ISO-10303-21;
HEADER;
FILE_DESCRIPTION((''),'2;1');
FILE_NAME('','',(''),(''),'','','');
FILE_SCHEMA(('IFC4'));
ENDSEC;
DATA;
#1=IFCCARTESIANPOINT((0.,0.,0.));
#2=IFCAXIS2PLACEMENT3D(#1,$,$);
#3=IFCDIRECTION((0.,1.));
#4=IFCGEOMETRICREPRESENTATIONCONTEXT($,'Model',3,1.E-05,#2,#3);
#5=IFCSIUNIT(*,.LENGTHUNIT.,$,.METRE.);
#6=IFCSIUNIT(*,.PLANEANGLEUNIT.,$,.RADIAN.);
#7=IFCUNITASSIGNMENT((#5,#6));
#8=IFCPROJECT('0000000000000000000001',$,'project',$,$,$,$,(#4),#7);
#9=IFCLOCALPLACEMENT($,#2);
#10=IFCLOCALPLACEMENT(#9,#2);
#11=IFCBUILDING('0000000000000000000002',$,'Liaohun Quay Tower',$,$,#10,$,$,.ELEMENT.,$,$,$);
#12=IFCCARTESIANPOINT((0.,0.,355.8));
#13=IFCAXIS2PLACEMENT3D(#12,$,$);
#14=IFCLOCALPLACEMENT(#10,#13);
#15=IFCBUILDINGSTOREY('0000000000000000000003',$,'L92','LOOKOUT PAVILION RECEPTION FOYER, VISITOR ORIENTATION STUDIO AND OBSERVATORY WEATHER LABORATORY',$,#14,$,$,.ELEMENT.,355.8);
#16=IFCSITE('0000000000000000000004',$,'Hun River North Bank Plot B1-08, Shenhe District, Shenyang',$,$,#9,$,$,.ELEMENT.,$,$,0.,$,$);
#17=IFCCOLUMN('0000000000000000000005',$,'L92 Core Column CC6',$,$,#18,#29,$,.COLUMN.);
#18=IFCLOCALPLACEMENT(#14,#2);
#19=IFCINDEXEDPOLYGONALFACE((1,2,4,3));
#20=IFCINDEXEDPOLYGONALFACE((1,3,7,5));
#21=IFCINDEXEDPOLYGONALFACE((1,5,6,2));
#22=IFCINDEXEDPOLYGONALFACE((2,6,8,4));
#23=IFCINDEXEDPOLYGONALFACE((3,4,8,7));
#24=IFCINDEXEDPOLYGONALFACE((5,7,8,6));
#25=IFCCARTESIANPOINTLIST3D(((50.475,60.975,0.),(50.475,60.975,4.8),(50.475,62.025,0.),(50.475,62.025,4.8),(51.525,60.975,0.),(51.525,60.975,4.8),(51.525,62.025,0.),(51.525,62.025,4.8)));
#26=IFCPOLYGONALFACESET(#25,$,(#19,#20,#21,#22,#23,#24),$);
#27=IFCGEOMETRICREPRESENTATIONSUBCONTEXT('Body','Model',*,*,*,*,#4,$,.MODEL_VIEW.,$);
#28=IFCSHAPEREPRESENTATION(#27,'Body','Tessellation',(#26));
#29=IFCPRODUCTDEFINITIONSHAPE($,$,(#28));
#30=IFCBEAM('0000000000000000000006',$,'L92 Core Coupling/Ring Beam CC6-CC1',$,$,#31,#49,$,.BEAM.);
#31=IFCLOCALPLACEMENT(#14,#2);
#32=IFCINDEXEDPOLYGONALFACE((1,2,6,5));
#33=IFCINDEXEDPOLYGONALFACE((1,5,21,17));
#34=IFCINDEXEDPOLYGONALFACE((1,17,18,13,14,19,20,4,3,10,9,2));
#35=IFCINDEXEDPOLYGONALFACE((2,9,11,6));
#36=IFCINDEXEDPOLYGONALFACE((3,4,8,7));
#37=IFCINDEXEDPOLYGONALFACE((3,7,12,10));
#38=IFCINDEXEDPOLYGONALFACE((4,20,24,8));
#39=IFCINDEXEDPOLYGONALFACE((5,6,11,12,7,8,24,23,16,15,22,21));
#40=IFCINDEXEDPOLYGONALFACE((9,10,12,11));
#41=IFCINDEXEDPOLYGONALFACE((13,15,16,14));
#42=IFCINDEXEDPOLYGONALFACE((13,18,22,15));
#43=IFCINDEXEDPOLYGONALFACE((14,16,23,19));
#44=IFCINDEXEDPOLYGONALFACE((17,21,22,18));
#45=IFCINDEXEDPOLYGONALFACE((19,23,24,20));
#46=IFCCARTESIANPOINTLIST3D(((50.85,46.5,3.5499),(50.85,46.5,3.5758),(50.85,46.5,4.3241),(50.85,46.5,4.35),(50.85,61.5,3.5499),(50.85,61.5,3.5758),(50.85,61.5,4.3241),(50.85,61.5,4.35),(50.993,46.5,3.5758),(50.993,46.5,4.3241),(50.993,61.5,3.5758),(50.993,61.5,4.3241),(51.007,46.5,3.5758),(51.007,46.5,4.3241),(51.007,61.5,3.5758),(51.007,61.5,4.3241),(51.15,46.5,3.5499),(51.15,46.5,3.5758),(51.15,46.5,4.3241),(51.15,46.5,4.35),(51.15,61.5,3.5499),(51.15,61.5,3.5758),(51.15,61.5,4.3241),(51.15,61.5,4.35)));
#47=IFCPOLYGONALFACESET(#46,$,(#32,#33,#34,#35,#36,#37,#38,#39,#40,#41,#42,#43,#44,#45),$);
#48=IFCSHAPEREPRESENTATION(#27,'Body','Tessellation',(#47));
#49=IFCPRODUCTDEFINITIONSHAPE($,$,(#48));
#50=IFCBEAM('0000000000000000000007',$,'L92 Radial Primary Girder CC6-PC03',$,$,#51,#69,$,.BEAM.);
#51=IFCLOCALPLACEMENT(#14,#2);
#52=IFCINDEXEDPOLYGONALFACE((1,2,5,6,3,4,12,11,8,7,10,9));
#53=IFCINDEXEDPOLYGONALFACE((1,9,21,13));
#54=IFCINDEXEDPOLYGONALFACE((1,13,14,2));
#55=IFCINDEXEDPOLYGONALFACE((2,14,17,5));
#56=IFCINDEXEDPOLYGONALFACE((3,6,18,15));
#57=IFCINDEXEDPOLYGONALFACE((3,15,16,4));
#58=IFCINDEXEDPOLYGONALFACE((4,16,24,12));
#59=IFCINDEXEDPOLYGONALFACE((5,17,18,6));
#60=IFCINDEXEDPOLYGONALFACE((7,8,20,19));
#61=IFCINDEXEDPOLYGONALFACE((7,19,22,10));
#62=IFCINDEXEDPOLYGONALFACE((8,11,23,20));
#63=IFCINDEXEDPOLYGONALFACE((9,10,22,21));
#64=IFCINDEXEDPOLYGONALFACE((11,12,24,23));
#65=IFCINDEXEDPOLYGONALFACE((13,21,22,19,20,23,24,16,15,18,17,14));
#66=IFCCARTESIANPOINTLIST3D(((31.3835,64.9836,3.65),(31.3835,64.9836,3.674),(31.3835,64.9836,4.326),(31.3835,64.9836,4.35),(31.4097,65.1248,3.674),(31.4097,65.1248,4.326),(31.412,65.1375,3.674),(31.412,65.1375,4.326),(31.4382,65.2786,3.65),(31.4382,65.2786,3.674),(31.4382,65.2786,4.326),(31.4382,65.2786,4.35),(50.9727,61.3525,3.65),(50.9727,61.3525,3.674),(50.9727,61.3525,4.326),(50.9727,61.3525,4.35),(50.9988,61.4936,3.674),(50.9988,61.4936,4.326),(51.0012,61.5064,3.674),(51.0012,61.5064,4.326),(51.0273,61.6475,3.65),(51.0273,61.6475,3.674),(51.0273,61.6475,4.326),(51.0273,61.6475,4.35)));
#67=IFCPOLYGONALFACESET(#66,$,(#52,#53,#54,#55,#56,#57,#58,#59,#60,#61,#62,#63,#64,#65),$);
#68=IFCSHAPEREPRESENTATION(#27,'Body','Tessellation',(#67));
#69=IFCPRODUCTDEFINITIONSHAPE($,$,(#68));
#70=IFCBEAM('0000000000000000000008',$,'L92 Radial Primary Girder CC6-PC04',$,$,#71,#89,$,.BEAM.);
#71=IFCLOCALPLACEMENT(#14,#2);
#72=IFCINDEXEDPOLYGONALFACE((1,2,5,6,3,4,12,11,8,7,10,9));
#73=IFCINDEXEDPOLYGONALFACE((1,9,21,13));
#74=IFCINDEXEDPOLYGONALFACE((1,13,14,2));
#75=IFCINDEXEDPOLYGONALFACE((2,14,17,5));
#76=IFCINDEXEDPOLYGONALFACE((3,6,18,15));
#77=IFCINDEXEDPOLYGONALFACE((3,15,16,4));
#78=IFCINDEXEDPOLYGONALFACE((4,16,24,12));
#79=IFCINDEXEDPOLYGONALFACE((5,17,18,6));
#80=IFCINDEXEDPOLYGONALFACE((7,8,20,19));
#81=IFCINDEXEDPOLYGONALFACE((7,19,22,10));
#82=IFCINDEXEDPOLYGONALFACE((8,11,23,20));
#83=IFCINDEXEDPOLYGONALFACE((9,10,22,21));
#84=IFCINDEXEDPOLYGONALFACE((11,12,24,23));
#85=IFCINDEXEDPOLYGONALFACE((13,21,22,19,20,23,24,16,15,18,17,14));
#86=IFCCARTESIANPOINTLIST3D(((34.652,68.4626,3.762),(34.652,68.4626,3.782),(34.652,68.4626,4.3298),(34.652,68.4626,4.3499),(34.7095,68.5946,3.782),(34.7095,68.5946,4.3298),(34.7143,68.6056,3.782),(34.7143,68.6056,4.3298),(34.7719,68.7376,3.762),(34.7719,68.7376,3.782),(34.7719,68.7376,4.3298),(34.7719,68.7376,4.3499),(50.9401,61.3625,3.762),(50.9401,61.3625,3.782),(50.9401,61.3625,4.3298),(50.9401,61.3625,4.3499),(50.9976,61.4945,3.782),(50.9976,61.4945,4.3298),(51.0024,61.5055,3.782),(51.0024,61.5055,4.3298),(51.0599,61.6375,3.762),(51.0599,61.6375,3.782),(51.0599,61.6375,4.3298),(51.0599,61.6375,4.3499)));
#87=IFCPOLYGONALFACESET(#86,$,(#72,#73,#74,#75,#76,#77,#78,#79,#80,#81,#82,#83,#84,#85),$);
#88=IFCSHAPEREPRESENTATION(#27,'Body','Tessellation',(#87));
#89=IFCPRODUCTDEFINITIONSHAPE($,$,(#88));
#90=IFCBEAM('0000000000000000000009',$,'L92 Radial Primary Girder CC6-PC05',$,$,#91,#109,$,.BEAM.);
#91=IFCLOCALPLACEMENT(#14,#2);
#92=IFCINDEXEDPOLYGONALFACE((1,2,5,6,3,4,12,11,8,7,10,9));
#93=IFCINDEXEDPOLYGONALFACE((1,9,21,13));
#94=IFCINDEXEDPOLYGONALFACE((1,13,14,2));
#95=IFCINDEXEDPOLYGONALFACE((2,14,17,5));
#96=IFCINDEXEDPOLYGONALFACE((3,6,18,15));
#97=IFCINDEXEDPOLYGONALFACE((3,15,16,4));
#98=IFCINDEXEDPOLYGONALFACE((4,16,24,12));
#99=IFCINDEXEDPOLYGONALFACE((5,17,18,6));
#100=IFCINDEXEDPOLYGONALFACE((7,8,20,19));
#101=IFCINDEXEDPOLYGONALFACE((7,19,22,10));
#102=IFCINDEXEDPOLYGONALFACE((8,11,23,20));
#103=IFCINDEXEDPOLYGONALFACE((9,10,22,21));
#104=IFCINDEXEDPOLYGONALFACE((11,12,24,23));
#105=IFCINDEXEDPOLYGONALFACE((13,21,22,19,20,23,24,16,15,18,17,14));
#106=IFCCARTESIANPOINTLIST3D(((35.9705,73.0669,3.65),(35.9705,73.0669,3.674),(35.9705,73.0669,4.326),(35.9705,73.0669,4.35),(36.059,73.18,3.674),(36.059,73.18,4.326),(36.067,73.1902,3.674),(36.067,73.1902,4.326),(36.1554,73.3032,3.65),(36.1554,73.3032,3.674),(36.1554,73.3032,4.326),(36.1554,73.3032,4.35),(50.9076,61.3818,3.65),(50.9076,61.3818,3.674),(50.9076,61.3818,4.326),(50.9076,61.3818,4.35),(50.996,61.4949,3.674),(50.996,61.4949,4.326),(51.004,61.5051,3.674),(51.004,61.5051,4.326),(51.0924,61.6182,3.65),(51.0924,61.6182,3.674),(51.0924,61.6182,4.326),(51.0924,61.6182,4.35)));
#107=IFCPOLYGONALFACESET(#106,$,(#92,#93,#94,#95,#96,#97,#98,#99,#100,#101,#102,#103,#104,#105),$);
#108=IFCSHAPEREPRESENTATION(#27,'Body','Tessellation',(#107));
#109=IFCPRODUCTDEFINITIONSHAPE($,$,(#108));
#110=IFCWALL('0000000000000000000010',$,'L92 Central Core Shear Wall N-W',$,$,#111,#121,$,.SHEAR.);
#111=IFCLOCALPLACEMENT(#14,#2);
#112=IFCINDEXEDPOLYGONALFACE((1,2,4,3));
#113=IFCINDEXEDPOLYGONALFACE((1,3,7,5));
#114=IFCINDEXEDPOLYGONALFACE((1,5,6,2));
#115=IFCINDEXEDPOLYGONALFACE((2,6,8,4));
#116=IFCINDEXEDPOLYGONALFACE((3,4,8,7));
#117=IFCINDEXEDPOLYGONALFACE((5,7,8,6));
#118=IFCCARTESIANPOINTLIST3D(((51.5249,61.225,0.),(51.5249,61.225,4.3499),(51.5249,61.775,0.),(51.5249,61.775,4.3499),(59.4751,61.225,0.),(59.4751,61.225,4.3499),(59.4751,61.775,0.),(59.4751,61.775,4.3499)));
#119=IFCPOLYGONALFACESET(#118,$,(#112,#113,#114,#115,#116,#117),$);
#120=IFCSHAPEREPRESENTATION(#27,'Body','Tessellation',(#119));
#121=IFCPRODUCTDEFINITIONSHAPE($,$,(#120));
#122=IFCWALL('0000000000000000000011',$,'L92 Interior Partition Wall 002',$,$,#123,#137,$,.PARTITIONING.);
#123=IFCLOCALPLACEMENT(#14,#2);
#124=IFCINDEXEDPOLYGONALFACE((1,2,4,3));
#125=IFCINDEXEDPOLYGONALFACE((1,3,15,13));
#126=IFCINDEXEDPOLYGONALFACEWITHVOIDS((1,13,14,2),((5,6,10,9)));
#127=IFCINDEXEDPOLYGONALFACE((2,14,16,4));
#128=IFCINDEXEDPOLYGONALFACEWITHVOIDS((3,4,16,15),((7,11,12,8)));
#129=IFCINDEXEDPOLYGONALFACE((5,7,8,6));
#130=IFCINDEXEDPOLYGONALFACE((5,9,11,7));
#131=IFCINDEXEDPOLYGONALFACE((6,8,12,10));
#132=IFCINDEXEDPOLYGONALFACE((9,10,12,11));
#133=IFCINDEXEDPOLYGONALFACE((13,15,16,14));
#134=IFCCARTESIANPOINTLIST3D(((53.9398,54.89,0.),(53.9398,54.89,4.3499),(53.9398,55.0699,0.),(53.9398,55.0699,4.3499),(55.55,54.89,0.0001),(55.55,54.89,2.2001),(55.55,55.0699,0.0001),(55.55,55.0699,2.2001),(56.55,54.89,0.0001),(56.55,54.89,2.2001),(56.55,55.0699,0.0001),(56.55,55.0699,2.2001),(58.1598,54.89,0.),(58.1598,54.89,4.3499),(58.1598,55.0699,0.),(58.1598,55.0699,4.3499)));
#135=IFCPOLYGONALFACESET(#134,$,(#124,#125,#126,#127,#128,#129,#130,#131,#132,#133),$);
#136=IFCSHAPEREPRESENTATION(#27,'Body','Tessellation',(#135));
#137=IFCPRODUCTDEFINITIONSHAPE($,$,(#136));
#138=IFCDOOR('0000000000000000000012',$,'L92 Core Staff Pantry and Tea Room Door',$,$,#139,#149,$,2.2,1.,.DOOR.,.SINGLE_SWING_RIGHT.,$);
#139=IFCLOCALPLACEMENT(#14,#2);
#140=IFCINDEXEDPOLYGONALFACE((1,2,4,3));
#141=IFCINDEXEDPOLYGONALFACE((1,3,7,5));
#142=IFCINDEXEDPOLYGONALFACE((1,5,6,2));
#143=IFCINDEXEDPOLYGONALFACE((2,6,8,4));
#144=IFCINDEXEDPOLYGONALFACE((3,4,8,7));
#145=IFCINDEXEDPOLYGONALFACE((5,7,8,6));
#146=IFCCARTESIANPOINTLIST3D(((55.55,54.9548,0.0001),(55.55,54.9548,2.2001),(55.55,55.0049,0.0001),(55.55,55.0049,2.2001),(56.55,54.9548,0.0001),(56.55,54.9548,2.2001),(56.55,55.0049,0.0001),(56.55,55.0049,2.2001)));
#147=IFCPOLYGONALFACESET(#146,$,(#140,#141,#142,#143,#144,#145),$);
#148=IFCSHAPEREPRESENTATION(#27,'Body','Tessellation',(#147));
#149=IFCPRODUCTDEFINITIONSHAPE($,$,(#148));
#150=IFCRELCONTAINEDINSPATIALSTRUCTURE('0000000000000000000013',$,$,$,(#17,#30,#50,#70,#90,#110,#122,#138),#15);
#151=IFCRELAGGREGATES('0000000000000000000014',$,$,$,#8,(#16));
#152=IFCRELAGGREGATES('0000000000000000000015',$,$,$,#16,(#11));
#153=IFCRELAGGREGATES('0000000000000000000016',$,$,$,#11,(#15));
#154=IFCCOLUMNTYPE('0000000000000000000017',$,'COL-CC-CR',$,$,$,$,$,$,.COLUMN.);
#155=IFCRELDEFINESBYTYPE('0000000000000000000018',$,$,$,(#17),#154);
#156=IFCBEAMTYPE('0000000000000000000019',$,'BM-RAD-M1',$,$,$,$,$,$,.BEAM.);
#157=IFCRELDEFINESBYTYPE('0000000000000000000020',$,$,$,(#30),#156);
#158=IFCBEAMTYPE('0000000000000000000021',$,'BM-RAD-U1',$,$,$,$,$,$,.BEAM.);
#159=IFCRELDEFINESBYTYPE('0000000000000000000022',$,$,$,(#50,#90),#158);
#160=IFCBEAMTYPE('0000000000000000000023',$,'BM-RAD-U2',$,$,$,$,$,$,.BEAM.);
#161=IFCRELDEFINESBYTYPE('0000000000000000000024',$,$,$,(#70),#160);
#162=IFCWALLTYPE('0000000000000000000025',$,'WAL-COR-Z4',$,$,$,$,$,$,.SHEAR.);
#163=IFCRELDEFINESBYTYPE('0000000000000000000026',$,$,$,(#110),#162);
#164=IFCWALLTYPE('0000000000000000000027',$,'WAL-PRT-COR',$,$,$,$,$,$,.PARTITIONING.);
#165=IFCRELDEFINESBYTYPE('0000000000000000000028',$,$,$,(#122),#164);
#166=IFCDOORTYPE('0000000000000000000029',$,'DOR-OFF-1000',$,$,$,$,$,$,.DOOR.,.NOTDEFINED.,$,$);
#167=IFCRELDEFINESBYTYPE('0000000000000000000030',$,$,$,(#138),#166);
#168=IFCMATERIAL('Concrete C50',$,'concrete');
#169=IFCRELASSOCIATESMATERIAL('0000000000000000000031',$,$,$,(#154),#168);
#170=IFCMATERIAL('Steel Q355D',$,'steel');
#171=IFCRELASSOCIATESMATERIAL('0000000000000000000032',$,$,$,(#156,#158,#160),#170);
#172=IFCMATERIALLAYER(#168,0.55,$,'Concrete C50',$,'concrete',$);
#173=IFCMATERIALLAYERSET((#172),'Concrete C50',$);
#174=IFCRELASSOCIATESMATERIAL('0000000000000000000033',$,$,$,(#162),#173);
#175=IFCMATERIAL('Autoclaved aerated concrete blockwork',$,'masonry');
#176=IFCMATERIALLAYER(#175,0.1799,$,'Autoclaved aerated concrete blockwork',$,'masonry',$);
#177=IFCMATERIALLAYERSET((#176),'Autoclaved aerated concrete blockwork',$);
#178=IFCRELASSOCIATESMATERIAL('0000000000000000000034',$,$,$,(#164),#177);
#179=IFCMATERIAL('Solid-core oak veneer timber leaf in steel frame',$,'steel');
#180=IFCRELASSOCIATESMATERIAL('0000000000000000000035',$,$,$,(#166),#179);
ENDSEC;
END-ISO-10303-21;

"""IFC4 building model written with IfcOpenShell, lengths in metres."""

from ifc_helpers import new_model, si_unit, direction, frame, frame_2d, origin, origin_2d, place, context, subcontext, project, spatial, rectangle, i_section, extrude, source, transform, mapped, material, layer, layer_set, material_profile, profile_set, type_object, element, fill, save


model = new_model("IFC4")

# Units and contexts
model_context = context("Model", 3, precision=1e-05, world=origin(), true_north=direction((0.0, 1.0)))
body_context = subcontext(model_context, "Body", "Model", "MODEL_VIEW")
ifc_project = project(units=[si_unit("LENGTHUNIT", "METRE"), si_unit("PLANEANGLEUNIT", "RADIAN")], contexts=[model_context])

# Site, building, storey
site_placement = place(None, origin())
site = spatial("IfcSite", under=ifc_project, at=site_placement, Name="Hun River North Bank Plot B1-08, Shenhe District, Shenyang", CompositionType="ELEMENT", RefElevation=0.0)
building_placement = place(site_placement, origin())
building = spatial("IfcBuilding", under=site, at=building_placement, Name="Liaohun Quay Tower", CompositionType="ELEMENT")
storey_placement = place(building_placement, frame((0.0, 0.0, 355.8)))
storey = spatial("IfcBuildingStorey", under=building, at=storey_placement, Name="L92", Description="LOOKOUT PAVILION RECEPTION FOYER, VISITOR ORIENTATION STUDIO AND OBSERVATORY WEATHER LABORATORY", CompositionType="ELEMENT", Elevation=355.8)

# Column
ifc_material_1 = material(Name="Concrete C50", Category="concrete")
ifc_material_profile_1 = material_profile(ifc_material_1, rectangle(XDim=1.05, YDim=1.05, at=origin_2d()), Name="RC1050x1050")
ifc_profile_set_1 = profile_set([ifc_material_profile_1], Name="Concrete C50")
column_type = type_object("IfcColumnType", Name="COL-CC-CR", PredefinedType="COLUMN", material=ifc_profile_set_1)
shared_shape_1 = source(origin(), body_context, "Body", "SweptSolid", [
    extrude(rectangle(XDim=1.05, YDim=1.05, at=origin_2d()), origin(), (0.0, 0.0, 1.0), 4.8),
])
column_placement = place(storey_placement, frame((51.0, 61.5, 0.0), z_axis=(0.0, 0.0, 1.0), x_axis=(1.0, 0.0, 0.0)))
element("IfcColumn", 1, at=column_placement, inside=storey, type_object=column_type, Name="L92 Core Column CC6", PredefinedType="COLUMN", context=body_context, shape_type="MappedRepresentation", body=[
    mapped(shared_shape_1, transform((0.0, 0.0, 0.0), x_axis=(1.0, 0.0, 0.0), y_axis=(0.0, 1.0, 0.0), z_axis=(0.0, 0.0, 1.0), scale=1.0)),
])

# Beams
ifc_material_2 = material(Name="Steel Q355D", Category="steel")
ifc_material_profile_2 = material_profile(ifc_material_2, i_section(OverallWidth=0.3, OverallDepth=0.8, WebThickness=0.0139, FlangeThickness=0.0259, at=origin_2d()), Name="HN800x300x14x26")
ifc_profile_set_2 = profile_set([ifc_material_profile_2], Name="Steel Q355D")
beam_type_1 = type_object("IfcBeamType", Name="BM-RAD-M1", PredefinedType="BEAM", material=ifc_profile_set_2)
shared_shape_2 = source(origin(), body_context, "Body", "SweptSolid", [
    extrude(i_section(OverallWidth=0.3, OverallDepth=0.8, WebThickness=0.0139, FlangeThickness=0.0259, at=origin_2d()), origin(), (0.0, 0.0, 1.0), 15.0),
])
beam_1_placement = place(storey_placement, frame((51.0, 61.5, 3.95), z_axis=(0.0, -1.0, 0.0), x_axis=(1.0, 0.0, 0.0)))
element("IfcBeam", 2, at=beam_1_placement, inside=storey, type_object=beam_type_1, Name="L92 Core Coupling/Ring Beam CC6-CC1", PredefinedType="BEAM", context=body_context, shape_type="MappedRepresentation", body=[
    mapped(shared_shape_2, transform((0.0, 0.0, 0.0), x_axis=(1.0, 0.0, 0.0), y_axis=(0.0, 1.0, 0.0), z_axis=(0.0, 0.0, 1.0), scale=1.0)),
])
ifc_material_profile_3 = material_profile(ifc_material_2, i_section(OverallWidth=0.3, OverallDepth=0.7, WebThickness=0.0129, FlangeThickness=0.0239, at=origin_2d()), Name="HN700x300x13x24")
ifc_profile_set_3 = profile_set([ifc_material_profile_3], Name="Steel Q355D")
beam_type_2 = type_object("IfcBeamType", Name="BM-RAD-U1", PredefinedType="BEAM", material=ifc_profile_set_3)
shared_shape_3 = source(origin(), body_context, "Body", "SweptSolid", [
    extrude(i_section(OverallWidth=0.3, OverallDepth=0.7, WebThickness=0.0129, FlangeThickness=0.0239, at=origin_2d()), origin(), (0.0, 0.0, 1.0), 19.9229),
])
beam_2_placement = place(storey_placement, frame((51.0, 61.5, 4.0), z_axis=(-0.983251, 0.182259, 0.0), x_axis=(-0.182259, -0.983251, 0.0)))
element("IfcBeam", 3, at=beam_2_placement, inside=storey, type_object=beam_type_2, Name="L92 Radial Primary Girder CC6-PC03", PredefinedType="BEAM", context=body_context, shape_type="MappedRepresentation", body=[
    mapped(shared_shape_3, transform((0.0, 0.0, 0.0), x_axis=(1.0, 0.0, 0.0), y_axis=(0.0, 1.0, 0.0), z_axis=(0.0, 0.0, 1.0), scale=1.0)),
])
ifc_material_profile_4 = material_profile(ifc_material_2, i_section(OverallWidth=0.3, OverallDepth=0.5879, WebThickness=0.012, FlangeThickness=0.02, at=origin_2d()), Name="HM588x300x12x20")
ifc_profile_set_4 = profile_set([ifc_material_profile_4], Name="Steel Q355D")
beam_type_3 = type_object("IfcBeamType", Name="BM-RAD-U2", PredefinedType="BEAM", material=ifc_profile_set_4)
shared_shape_4 = source(origin(), body_context, "Body", "SweptSolid", [
    extrude(i_section(OverallWidth=0.3, OverallDepth=0.5879, WebThickness=0.012, FlangeThickness=0.02, at=origin_2d()), origin(), (0.0, 0.0, 1.0), 17.7683),
])
beam_3_placement = place(storey_placement, frame((51.0, 61.5, 4.0559), z_axis=(-0.916693, 0.399593, 0.0), x_axis=(-0.399593, -0.916693, 0.0)))
element("IfcBeam", 4, at=beam_3_placement, inside=storey, type_object=beam_type_3, Name="L92 Radial Primary Girder CC6-PC04", PredefinedType="BEAM", context=body_context, shape_type="MappedRepresentation", body=[
    mapped(shared_shape_4, transform((0.0, 0.0, 0.0), x_axis=(1.0, 0.0, 0.0), y_axis=(0.0, 1.0, 0.0), z_axis=(0.0, 0.0, 1.0), scale=1.0)),
])
shared_shape_5 = source(origin(), body_context, "Body", "SweptSolid", [
    extrude(i_section(OverallWidth=0.3, OverallDepth=0.7, WebThickness=0.0129, FlangeThickness=0.0239, at=origin_2d()), origin(), (0.0, 0.0, 1.0), 18.9646),
])
beam_4_placement = place(storey_placement, frame((51.0, 61.5, 4.0), z_axis=(-0.787627, 0.616152, 0.0), x_axis=(-0.616152, -0.787627, 0.0)))
element("IfcBeam", 5, at=beam_4_placement, inside=storey, type_object=beam_type_2, Name="L92 Radial Primary Girder CC6-PC05", PredefinedType="BEAM", context=body_context, shape_type="MappedRepresentation", body=[
    mapped(shared_shape_5, transform((0.0, 0.0, 0.0), x_axis=(1.0, 0.0, 0.0), y_axis=(0.0, 1.0, 0.0), z_axis=(0.0, 0.0, 1.0), scale=1.0)),
])

# Wall
ifc_layer_1 = layer(ifc_material_1, 0.55, Name="Concrete C50", Category="concrete")
ifc_layer_set_1 = layer_set([ifc_layer_1], Name="Concrete C50")
wall_type_1 = type_object("IfcWallType", Name="WAL-COR-Z4", PredefinedType="SHEAR", material=ifc_layer_set_1)
wall_1_placement = place(storey_placement, frame((51.5249, 61.5, 0.0), z_axis=(0.0, 0.0, 1.0), x_axis=(1.0, 0.0, 0.0)))
element("IfcWall", 6, at=wall_1_placement, inside=storey, type_object=wall_type_1, Name="L92 Central Core Shear Wall N-W", PredefinedType="SHEAR", context=body_context, shape_type="SweptSolid", body=[
    extrude(rectangle(XDim=7.9502, YDim=0.55, at=frame_2d((3.9751, 0.0))), origin(), (0.0, 0.0, 1.0), 4.3499),
])

# Wall, opening, door
ifc_material_3 = material(Name="Autoclaved aerated concrete blockwork", Category="masonry")
ifc_layer_2 = layer(ifc_material_3, 0.1799, Name="Autoclaved aerated concrete blockwork", Category="masonry")
ifc_layer_set_2 = layer_set([ifc_layer_2], Name="Autoclaved aerated concrete blockwork")
wall_type_2 = type_object("IfcWallType", Name="WAL-PRT-COR", PredefinedType="PARTITIONING", material=ifc_layer_set_2)
wall_2_placement = place(storey_placement, frame((53.9399, 54.98, 0.0), z_axis=(0.0, 0.0, 1.0), x_axis=(1.0, 0.0, 0.0)))
wall_2 = element("IfcWall", 7, at=wall_2_placement, inside=storey, type_object=wall_type_2, Name="L92 Interior Partition Wall 002", PredefinedType="PARTITIONING", context=body_context, shape_type="SweptSolid", body=[
    extrude(rectangle(XDim=4.22, YDim=0.1799, at=frame_2d((2.1099, 0.0))), origin(), (0.0, 0.0, 1.0), 4.3499),
])
shared_shape_6 = source(origin(), body_context, "Body", "SweptSolid", [
    extrude(rectangle(XDim=1.0, YDim=2.2, at=frame_2d((0.5, 1.1001))), frame((0.0, 0.0999, 0.0), z_axis=(0.0, -1.0, 0.0), x_axis=(1.0, 0.0, 0.0)), (0.0, 0.0, 1.0), 0.2),
])
opening_1_placement = place(wall_2_placement, frame((1.6101, 0.0, 0.0)))
opening_1 = element("IfcOpeningElement", 8, at=opening_1_placement, cuts=wall_2, PredefinedType="OPENING", context=body_context, shape_type="MappedRepresentation", body=[
    mapped(shared_shape_6, transform((0.0, 0.0, 0.0), x_axis=(1.0, 0.0, 0.0), y_axis=(0.0, 1.0, 0.0), z_axis=(0.0, 0.0, 1.0), scale=1.0)),
])
ifc_material_4 = material(Name="Solid-core oak veneer timber leaf in steel frame", Category="steel")
door_type_1 = type_object("IfcDoorType", Name="DOR-OFF-1000", OperationType="NOTDEFINED", PredefinedType="DOOR", material=ifc_material_4)
shared_shape_7 = source(origin(), body_context, "Body", "SweptSolid", [
    extrude(rectangle(XDim=1.0, YDim=2.2, at=frame_2d((0.5, 1.1001))), frame((0.0, 0.0249, 0.0), z_axis=(0.0, -1.0, 0.0), x_axis=(1.0, 0.0, 0.0)), (0.0, 0.0, 1.0), 0.05),
])
door_1_placement = place(opening_1_placement, origin())
door_1 = element("IfcDoor", 9, at=door_1_placement, inside=storey, type_object=door_type_1, Name="L92 Core Staff Pantry and Tea Room Door", OperationType="SINGLE_SWING_RIGHT", OverallHeight=2.2, OverallWidth=1.0, PredefinedType="DOOR", context=body_context, shape_type="MappedRepresentation", body=[
    mapped(shared_shape_7, transform((0.0, 0.0, 0.0), x_axis=(1.0, 0.0, 0.0), y_axis=(0.0, 1.0, 0.0), z_axis=(0.0, 0.0, 1.0), scale=1.0)),
])
fill(opening_1, door_1)

save(model, "model.ifc")
